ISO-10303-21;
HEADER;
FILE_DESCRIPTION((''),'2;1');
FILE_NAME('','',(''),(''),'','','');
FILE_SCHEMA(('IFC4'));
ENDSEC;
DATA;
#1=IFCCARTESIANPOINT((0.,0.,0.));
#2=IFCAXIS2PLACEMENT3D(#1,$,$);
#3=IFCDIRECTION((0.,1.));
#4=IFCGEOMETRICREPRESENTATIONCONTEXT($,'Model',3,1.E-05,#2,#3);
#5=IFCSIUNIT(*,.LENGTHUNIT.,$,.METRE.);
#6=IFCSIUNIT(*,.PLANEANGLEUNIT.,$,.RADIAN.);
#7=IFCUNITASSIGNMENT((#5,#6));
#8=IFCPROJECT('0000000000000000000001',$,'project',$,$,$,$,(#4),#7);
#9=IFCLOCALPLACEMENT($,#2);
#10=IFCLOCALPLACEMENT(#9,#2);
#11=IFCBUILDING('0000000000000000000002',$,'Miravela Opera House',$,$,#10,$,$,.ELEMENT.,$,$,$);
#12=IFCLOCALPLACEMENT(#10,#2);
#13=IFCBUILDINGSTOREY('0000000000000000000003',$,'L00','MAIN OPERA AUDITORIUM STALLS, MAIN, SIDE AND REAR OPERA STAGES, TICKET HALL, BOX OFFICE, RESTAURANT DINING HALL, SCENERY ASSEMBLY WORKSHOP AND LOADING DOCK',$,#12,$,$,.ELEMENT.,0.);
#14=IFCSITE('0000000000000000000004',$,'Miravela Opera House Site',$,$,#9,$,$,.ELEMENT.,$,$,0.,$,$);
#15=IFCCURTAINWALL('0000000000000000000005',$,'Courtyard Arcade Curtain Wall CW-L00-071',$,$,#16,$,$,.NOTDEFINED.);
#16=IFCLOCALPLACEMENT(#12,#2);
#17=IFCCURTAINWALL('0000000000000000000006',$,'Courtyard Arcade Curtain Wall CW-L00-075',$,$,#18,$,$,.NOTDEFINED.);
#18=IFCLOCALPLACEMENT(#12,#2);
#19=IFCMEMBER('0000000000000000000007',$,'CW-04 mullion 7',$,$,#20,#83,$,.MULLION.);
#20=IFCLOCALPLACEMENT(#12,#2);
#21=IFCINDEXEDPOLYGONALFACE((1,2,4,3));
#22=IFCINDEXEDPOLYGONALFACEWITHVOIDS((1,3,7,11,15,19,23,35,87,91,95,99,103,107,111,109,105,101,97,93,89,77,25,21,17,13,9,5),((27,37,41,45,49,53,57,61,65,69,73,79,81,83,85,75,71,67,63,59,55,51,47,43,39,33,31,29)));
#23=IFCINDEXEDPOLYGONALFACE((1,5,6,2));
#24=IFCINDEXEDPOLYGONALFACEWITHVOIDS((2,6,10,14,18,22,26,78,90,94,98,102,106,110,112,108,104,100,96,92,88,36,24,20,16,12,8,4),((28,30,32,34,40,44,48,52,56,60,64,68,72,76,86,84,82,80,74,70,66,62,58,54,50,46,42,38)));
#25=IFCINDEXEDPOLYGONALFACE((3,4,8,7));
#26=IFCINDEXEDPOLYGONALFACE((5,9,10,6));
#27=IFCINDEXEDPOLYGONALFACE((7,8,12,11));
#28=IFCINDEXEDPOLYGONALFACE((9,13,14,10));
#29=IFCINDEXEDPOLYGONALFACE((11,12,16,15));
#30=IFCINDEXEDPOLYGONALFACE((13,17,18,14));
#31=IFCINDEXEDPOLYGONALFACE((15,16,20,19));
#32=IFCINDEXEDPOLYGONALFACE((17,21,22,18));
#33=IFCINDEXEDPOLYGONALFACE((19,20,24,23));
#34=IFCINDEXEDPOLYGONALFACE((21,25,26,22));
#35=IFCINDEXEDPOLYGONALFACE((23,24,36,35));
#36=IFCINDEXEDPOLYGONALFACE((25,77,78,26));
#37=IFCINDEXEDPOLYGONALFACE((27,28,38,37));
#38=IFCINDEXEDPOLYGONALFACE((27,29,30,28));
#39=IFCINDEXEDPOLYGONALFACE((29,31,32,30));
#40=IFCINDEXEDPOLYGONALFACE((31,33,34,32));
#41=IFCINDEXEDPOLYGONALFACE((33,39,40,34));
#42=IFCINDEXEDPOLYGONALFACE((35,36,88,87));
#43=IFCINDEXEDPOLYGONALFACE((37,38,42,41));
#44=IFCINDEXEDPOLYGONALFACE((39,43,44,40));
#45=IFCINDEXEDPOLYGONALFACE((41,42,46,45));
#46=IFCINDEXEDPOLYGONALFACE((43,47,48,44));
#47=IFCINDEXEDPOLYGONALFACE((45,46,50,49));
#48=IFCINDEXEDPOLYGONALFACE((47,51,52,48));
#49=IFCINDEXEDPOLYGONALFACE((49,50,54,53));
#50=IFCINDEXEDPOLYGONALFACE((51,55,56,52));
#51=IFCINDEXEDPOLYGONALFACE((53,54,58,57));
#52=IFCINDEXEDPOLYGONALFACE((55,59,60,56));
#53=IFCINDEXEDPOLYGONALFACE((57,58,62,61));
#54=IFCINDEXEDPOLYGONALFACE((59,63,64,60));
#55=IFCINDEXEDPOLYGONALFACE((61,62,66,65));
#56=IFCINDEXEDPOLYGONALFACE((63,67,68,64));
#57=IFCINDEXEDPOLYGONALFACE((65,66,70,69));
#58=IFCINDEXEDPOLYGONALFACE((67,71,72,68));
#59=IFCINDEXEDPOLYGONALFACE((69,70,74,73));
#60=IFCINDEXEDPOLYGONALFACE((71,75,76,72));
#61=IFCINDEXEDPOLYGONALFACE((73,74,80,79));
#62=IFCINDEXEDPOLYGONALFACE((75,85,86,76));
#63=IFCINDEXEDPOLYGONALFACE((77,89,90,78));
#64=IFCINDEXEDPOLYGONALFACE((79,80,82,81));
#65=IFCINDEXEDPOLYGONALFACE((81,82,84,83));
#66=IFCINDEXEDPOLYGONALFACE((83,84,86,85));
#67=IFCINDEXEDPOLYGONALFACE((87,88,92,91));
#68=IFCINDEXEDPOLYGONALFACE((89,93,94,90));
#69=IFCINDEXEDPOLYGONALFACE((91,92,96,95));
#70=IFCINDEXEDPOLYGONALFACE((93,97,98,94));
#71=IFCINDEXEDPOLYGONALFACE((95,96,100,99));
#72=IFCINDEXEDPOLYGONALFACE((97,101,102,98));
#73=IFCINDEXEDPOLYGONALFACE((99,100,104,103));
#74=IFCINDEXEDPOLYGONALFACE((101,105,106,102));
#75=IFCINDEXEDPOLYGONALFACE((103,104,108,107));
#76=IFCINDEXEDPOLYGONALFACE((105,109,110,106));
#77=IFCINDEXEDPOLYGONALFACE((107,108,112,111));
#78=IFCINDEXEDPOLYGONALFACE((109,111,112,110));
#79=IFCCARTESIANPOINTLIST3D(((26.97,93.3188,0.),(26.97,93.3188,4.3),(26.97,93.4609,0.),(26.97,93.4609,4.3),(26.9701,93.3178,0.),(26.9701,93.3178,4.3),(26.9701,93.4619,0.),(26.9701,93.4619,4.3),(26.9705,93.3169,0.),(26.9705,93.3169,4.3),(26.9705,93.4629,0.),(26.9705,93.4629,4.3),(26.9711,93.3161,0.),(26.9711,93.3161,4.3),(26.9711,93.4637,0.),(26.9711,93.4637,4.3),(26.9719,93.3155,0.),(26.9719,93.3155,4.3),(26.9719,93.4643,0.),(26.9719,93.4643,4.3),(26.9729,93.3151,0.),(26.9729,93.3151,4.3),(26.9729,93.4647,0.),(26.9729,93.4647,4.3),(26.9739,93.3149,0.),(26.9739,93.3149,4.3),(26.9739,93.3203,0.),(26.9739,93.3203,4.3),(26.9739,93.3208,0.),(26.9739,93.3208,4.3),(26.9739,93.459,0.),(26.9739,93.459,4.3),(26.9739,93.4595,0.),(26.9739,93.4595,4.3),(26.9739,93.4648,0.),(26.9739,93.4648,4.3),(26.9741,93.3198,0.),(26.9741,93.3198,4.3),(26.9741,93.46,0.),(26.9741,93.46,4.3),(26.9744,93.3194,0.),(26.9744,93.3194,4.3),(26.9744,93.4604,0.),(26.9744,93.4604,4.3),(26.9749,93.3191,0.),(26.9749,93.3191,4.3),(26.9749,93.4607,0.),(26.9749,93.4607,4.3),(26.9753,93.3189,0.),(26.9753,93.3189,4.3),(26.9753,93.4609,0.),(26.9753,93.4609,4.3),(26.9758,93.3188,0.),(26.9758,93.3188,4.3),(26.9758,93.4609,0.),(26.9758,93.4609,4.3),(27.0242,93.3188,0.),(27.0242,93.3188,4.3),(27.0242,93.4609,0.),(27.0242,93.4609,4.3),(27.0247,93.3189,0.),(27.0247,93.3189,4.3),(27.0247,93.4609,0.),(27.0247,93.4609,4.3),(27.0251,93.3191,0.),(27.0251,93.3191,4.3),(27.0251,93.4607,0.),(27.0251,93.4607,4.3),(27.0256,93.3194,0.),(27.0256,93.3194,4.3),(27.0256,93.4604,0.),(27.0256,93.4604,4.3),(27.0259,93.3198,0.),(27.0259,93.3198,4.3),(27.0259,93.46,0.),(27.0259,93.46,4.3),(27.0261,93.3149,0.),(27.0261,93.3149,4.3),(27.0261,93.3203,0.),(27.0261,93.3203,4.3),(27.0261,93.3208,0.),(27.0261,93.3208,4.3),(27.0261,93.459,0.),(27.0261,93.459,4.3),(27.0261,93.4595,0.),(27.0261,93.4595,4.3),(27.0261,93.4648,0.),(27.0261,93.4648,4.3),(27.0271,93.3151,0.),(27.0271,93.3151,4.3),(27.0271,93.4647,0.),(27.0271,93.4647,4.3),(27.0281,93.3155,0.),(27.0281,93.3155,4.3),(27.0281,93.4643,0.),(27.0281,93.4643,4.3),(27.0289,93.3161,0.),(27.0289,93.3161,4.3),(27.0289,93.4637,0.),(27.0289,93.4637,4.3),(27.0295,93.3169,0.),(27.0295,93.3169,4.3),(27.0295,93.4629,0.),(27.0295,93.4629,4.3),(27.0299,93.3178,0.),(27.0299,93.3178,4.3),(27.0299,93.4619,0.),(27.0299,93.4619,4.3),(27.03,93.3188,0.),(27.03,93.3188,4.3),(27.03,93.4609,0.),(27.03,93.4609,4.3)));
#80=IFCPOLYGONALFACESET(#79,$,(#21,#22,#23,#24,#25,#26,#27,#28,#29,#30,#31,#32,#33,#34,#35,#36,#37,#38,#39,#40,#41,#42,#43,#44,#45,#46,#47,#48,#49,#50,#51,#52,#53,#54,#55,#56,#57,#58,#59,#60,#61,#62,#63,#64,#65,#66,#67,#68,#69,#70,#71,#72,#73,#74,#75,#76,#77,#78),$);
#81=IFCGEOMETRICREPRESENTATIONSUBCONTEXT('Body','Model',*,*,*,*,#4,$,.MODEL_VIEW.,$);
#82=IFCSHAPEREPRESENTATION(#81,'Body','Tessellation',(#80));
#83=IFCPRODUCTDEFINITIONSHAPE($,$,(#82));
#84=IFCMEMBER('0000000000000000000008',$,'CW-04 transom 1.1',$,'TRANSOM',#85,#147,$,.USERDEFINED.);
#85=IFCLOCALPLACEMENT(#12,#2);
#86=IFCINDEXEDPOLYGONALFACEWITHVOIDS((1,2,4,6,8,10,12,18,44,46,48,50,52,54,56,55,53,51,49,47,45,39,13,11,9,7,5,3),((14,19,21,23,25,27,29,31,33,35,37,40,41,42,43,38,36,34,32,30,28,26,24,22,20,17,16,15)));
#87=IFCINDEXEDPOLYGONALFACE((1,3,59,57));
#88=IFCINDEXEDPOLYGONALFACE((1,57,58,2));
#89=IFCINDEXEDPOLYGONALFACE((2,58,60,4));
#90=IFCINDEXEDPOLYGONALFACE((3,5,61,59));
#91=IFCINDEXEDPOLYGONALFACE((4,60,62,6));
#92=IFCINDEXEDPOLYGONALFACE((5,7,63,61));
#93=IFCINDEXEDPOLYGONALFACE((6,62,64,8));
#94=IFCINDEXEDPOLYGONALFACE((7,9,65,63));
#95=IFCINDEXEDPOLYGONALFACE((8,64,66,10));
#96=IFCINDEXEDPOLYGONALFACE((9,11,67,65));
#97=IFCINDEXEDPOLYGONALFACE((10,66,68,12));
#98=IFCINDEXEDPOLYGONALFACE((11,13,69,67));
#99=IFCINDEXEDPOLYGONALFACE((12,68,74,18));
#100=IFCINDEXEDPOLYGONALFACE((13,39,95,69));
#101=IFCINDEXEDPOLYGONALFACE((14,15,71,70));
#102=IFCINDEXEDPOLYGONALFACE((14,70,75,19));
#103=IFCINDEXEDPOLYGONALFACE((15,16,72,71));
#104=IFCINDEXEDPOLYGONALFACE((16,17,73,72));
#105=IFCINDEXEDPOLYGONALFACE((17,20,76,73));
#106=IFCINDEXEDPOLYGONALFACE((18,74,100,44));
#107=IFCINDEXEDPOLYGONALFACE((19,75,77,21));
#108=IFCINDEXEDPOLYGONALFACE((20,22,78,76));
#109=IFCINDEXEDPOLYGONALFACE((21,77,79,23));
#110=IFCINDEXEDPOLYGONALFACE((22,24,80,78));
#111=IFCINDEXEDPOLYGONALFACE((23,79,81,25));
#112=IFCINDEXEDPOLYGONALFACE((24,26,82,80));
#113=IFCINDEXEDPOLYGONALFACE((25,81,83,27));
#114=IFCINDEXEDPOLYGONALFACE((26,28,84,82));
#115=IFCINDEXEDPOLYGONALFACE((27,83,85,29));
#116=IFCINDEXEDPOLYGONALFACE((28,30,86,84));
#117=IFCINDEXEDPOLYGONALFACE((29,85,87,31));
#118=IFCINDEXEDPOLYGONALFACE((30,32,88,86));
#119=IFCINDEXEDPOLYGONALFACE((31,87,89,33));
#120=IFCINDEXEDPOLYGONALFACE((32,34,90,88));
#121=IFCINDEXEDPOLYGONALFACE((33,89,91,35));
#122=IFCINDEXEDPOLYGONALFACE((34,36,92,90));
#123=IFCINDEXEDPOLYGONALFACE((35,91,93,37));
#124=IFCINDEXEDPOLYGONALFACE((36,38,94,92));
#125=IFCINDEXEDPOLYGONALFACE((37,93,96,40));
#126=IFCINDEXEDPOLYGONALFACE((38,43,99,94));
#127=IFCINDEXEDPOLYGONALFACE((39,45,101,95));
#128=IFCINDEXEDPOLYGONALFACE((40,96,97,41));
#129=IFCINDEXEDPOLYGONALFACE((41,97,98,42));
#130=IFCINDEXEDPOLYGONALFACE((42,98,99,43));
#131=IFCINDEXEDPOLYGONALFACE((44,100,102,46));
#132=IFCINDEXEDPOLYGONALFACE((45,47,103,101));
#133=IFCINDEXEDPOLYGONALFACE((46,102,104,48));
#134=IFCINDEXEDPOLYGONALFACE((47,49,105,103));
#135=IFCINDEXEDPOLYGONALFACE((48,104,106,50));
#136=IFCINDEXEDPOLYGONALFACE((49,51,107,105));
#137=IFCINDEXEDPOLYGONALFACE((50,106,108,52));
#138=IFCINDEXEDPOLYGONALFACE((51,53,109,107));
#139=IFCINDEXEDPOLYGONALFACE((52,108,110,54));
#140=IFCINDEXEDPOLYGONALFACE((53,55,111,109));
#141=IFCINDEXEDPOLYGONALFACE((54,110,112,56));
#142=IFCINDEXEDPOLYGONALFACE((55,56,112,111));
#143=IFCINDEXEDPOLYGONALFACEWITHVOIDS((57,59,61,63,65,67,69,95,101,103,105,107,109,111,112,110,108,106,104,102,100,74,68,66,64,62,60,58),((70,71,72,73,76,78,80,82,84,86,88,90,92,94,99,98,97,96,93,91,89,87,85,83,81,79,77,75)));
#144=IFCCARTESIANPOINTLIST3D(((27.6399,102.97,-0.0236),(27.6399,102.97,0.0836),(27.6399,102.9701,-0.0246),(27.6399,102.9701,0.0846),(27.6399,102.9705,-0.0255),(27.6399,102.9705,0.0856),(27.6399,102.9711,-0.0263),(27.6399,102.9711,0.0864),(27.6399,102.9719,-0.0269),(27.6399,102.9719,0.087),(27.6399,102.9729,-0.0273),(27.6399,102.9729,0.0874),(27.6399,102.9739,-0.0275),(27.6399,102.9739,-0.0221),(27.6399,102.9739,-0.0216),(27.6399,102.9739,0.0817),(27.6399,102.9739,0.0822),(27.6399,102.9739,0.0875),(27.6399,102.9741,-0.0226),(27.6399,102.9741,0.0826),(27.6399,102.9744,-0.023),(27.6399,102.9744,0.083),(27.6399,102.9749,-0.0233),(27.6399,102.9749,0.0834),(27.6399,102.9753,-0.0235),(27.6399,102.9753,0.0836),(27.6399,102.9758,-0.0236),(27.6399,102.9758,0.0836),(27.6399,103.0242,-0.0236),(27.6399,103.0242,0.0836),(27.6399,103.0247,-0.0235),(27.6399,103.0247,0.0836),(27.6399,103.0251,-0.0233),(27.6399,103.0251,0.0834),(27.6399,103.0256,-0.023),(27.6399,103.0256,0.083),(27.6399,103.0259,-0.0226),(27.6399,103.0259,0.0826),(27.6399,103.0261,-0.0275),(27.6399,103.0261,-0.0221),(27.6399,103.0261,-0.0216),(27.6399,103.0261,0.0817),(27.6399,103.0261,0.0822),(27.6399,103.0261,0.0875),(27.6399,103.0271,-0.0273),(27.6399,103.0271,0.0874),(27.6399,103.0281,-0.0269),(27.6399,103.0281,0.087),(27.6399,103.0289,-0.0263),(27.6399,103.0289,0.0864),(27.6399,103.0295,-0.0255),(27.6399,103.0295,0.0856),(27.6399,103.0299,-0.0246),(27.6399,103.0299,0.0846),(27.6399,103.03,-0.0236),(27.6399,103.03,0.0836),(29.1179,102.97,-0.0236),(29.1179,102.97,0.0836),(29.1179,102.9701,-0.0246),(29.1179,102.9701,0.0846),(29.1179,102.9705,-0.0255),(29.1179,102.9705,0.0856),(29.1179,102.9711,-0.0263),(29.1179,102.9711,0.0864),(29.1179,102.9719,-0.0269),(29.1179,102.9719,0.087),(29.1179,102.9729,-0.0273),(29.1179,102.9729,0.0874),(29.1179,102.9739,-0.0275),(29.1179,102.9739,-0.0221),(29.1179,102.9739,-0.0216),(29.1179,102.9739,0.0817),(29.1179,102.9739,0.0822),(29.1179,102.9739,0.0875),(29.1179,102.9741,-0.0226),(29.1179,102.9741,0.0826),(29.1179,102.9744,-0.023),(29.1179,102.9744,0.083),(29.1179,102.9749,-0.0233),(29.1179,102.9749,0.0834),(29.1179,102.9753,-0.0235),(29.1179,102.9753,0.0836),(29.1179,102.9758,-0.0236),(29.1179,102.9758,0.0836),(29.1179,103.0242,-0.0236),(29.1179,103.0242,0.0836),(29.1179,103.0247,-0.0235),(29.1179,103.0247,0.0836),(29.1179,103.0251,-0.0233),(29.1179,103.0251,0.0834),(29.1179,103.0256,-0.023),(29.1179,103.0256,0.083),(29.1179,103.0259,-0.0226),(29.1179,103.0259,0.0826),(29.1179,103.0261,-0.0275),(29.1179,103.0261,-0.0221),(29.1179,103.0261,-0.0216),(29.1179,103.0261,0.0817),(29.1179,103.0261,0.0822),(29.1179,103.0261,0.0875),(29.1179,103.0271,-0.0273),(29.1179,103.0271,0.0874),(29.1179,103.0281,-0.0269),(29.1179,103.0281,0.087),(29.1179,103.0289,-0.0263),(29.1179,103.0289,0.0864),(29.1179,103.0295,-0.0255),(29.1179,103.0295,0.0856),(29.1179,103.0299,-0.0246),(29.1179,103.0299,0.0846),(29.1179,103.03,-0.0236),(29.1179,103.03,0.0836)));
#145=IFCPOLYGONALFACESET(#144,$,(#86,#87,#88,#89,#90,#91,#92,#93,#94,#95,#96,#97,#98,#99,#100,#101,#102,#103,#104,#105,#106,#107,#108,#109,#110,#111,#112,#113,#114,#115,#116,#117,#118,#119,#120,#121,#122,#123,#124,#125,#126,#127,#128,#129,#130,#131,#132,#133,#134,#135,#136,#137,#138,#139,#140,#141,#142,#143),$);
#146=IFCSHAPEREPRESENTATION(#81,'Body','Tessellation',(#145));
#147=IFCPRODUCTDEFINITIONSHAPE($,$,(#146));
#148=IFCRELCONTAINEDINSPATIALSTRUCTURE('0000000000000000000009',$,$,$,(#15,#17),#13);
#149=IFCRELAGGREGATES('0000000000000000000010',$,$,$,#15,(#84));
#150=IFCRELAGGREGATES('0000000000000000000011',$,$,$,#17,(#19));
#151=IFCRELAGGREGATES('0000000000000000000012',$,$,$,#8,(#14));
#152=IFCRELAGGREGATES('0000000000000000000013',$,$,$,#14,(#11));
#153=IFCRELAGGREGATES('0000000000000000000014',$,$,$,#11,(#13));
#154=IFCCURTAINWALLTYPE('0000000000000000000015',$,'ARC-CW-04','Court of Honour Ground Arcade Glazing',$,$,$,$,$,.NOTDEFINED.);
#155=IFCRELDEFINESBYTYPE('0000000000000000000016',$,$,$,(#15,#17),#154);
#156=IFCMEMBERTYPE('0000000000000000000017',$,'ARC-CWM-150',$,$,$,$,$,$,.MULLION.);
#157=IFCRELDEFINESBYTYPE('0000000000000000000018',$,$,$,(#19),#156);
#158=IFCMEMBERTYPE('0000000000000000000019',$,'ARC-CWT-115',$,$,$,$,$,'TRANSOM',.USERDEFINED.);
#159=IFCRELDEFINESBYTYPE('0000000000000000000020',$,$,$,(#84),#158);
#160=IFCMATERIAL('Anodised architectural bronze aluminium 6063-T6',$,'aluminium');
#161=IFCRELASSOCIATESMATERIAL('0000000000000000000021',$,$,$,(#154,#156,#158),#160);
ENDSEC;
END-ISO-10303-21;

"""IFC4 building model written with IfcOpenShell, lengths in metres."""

from ifc_helpers import new_model, si_unit, direction, frame, origin, origin_2d, place, context, subcontext, project, spatial, hollow_rectangle, extrude, material, material_profile, profile_set, type_object, element, aggregate, save


model = new_model("IFC4")

# Units and contexts
model_context = context("Model", 3, precision=1e-05, world=origin(), true_north=direction((0.0, 1.0)))
body_context = subcontext(model_context, "Body", "Model", "MODEL_VIEW")
ifc_project = project(units=[si_unit("LENGTHUNIT", "METRE"), si_unit("PLANEANGLEUNIT", "RADIAN")], contexts=[model_context])

# Site, building, storey
site_placement = place(None, origin())
site = spatial("IfcSite", under=ifc_project, at=site_placement, Name="Miravela Opera House Site", CompositionType="ELEMENT", RefElevation=0.0)
building_placement = place(site_placement, origin())
building = spatial("IfcBuilding", under=site, at=building_placement, Name="Miravela Opera House", CompositionType="ELEMENT")
storey_placement = place(building_placement, origin())
storey = spatial("IfcBuildingStorey", under=building, at=storey_placement, Name="L00", Description="MAIN OPERA AUDITORIUM STALLS, MAIN, SIDE AND REAR OPERA STAGES, TICKET HALL, BOX OFFICE, RESTAURANT DINING HALL, SCENERY ASSEMBLY WORKSHOP AND LOADING DOCK", CompositionType="ELEMENT", Elevation=0.0)

# Curtain wall
ifc_material_1 = material(Name="Anodised architectural bronze aluminium 6063-T6", Category="aluminium")
curtain_wall_type = type_object("IfcCurtainWallType", Name="ARC-CW-04", Description="Court of Honour Ground Arcade Glazing", PredefinedType="NOTDEFINED", material=ifc_material_1)
curtain_wall_1_placement = place(storey_placement, origin())
curtain_wall_1 = element("IfcCurtainWall", 1, at=curtain_wall_1_placement, inside=storey, type_object=curtain_wall_type, Name="Courtyard Arcade Curtain Wall CW-L00-071", PredefinedType="NOTDEFINED")
ifc_material_profile_1 = material_profile(ifc_material_1, hollow_rectangle(XDim=0.0601, YDim=0.1499, WallThickness=0.0039, InnerFilletRadius=0.002, OuterFilletRadius=0.0039, at=origin_2d()), Name="CWM-60X150")
ifc_profile_set_1 = profile_set([ifc_material_profile_1])
member_type_1 = type_object("IfcMemberType", Name="ARC-CWM-150", PredefinedType="MULLION", material=ifc_profile_set_1)

# Curtain wall, member
curtain_wall_2_placement = place(storey_placement, origin())
curtain_wall_2 = element("IfcCurtainWall", 2, at=curtain_wall_2_placement, inside=storey, type_object=curtain_wall_type, Name="Courtyard Arcade Curtain Wall CW-L00-075", PredefinedType="NOTDEFINED")
member_1_placement = place(storey_placement, frame((27.0, 93.3899, 0.0), z_axis=(0.0, 0.0, 1.0), x_axis=(-1.0, 0.0, 0.0)))
member_1 = element("IfcMember", 3, at=member_1_placement, type_object=member_type_1, Name="CW-04 mullion 7", PredefinedType="MULLION", context=body_context, shape_type="SweptSolid", body=[
    extrude(hollow_rectangle(XDim=0.0601, YDim=0.1499, WallThickness=0.0039, InnerFilletRadius=0.002, OuterFilletRadius=0.0039, at=origin_2d()), origin(), (0.0, 0.0, 1.0), 4.3),
])

# Member
ifc_material_profile_2 = material_profile(ifc_material_1, hollow_rectangle(XDim=0.0601, YDim=0.115, WallThickness=0.0039, InnerFilletRadius=0.002, OuterFilletRadius=0.0039, at=origin_2d()), Name="CWT-60X115")
ifc_profile_set_2 = profile_set([ifc_material_profile_2])
member_type_2 = type_object("IfcMemberType", Name="ARC-CWT-115", ElementType="TRANSOM", PredefinedType="USERDEFINED", material=ifc_profile_set_2)
member_2_placement = place(storey_placement, frame((27.6399, 103.0, 0.03), z_axis=(1.0, 0.0, 0.0), x_axis=(0.0, 1.0, 0.0)))
member_2 = element("IfcMember", 4, at=member_2_placement, type_object=member_type_2, Name="CW-04 transom 1.1", ObjectType="TRANSOM", PredefinedType="USERDEFINED", context=body_context, shape_type="SweptSolid", body=[
    extrude(hollow_rectangle(XDim=0.0601, YDim=0.115, WallThickness=0.0039, InnerFilletRadius=0.002, OuterFilletRadius=0.0039, at=origin_2d()), origin(), (0.0, 0.0, 1.0), 1.478),
])

aggregate(curtain_wall_1, [member_2])
aggregate(curtain_wall_2, [member_1])

save(model, "model.ifc")
